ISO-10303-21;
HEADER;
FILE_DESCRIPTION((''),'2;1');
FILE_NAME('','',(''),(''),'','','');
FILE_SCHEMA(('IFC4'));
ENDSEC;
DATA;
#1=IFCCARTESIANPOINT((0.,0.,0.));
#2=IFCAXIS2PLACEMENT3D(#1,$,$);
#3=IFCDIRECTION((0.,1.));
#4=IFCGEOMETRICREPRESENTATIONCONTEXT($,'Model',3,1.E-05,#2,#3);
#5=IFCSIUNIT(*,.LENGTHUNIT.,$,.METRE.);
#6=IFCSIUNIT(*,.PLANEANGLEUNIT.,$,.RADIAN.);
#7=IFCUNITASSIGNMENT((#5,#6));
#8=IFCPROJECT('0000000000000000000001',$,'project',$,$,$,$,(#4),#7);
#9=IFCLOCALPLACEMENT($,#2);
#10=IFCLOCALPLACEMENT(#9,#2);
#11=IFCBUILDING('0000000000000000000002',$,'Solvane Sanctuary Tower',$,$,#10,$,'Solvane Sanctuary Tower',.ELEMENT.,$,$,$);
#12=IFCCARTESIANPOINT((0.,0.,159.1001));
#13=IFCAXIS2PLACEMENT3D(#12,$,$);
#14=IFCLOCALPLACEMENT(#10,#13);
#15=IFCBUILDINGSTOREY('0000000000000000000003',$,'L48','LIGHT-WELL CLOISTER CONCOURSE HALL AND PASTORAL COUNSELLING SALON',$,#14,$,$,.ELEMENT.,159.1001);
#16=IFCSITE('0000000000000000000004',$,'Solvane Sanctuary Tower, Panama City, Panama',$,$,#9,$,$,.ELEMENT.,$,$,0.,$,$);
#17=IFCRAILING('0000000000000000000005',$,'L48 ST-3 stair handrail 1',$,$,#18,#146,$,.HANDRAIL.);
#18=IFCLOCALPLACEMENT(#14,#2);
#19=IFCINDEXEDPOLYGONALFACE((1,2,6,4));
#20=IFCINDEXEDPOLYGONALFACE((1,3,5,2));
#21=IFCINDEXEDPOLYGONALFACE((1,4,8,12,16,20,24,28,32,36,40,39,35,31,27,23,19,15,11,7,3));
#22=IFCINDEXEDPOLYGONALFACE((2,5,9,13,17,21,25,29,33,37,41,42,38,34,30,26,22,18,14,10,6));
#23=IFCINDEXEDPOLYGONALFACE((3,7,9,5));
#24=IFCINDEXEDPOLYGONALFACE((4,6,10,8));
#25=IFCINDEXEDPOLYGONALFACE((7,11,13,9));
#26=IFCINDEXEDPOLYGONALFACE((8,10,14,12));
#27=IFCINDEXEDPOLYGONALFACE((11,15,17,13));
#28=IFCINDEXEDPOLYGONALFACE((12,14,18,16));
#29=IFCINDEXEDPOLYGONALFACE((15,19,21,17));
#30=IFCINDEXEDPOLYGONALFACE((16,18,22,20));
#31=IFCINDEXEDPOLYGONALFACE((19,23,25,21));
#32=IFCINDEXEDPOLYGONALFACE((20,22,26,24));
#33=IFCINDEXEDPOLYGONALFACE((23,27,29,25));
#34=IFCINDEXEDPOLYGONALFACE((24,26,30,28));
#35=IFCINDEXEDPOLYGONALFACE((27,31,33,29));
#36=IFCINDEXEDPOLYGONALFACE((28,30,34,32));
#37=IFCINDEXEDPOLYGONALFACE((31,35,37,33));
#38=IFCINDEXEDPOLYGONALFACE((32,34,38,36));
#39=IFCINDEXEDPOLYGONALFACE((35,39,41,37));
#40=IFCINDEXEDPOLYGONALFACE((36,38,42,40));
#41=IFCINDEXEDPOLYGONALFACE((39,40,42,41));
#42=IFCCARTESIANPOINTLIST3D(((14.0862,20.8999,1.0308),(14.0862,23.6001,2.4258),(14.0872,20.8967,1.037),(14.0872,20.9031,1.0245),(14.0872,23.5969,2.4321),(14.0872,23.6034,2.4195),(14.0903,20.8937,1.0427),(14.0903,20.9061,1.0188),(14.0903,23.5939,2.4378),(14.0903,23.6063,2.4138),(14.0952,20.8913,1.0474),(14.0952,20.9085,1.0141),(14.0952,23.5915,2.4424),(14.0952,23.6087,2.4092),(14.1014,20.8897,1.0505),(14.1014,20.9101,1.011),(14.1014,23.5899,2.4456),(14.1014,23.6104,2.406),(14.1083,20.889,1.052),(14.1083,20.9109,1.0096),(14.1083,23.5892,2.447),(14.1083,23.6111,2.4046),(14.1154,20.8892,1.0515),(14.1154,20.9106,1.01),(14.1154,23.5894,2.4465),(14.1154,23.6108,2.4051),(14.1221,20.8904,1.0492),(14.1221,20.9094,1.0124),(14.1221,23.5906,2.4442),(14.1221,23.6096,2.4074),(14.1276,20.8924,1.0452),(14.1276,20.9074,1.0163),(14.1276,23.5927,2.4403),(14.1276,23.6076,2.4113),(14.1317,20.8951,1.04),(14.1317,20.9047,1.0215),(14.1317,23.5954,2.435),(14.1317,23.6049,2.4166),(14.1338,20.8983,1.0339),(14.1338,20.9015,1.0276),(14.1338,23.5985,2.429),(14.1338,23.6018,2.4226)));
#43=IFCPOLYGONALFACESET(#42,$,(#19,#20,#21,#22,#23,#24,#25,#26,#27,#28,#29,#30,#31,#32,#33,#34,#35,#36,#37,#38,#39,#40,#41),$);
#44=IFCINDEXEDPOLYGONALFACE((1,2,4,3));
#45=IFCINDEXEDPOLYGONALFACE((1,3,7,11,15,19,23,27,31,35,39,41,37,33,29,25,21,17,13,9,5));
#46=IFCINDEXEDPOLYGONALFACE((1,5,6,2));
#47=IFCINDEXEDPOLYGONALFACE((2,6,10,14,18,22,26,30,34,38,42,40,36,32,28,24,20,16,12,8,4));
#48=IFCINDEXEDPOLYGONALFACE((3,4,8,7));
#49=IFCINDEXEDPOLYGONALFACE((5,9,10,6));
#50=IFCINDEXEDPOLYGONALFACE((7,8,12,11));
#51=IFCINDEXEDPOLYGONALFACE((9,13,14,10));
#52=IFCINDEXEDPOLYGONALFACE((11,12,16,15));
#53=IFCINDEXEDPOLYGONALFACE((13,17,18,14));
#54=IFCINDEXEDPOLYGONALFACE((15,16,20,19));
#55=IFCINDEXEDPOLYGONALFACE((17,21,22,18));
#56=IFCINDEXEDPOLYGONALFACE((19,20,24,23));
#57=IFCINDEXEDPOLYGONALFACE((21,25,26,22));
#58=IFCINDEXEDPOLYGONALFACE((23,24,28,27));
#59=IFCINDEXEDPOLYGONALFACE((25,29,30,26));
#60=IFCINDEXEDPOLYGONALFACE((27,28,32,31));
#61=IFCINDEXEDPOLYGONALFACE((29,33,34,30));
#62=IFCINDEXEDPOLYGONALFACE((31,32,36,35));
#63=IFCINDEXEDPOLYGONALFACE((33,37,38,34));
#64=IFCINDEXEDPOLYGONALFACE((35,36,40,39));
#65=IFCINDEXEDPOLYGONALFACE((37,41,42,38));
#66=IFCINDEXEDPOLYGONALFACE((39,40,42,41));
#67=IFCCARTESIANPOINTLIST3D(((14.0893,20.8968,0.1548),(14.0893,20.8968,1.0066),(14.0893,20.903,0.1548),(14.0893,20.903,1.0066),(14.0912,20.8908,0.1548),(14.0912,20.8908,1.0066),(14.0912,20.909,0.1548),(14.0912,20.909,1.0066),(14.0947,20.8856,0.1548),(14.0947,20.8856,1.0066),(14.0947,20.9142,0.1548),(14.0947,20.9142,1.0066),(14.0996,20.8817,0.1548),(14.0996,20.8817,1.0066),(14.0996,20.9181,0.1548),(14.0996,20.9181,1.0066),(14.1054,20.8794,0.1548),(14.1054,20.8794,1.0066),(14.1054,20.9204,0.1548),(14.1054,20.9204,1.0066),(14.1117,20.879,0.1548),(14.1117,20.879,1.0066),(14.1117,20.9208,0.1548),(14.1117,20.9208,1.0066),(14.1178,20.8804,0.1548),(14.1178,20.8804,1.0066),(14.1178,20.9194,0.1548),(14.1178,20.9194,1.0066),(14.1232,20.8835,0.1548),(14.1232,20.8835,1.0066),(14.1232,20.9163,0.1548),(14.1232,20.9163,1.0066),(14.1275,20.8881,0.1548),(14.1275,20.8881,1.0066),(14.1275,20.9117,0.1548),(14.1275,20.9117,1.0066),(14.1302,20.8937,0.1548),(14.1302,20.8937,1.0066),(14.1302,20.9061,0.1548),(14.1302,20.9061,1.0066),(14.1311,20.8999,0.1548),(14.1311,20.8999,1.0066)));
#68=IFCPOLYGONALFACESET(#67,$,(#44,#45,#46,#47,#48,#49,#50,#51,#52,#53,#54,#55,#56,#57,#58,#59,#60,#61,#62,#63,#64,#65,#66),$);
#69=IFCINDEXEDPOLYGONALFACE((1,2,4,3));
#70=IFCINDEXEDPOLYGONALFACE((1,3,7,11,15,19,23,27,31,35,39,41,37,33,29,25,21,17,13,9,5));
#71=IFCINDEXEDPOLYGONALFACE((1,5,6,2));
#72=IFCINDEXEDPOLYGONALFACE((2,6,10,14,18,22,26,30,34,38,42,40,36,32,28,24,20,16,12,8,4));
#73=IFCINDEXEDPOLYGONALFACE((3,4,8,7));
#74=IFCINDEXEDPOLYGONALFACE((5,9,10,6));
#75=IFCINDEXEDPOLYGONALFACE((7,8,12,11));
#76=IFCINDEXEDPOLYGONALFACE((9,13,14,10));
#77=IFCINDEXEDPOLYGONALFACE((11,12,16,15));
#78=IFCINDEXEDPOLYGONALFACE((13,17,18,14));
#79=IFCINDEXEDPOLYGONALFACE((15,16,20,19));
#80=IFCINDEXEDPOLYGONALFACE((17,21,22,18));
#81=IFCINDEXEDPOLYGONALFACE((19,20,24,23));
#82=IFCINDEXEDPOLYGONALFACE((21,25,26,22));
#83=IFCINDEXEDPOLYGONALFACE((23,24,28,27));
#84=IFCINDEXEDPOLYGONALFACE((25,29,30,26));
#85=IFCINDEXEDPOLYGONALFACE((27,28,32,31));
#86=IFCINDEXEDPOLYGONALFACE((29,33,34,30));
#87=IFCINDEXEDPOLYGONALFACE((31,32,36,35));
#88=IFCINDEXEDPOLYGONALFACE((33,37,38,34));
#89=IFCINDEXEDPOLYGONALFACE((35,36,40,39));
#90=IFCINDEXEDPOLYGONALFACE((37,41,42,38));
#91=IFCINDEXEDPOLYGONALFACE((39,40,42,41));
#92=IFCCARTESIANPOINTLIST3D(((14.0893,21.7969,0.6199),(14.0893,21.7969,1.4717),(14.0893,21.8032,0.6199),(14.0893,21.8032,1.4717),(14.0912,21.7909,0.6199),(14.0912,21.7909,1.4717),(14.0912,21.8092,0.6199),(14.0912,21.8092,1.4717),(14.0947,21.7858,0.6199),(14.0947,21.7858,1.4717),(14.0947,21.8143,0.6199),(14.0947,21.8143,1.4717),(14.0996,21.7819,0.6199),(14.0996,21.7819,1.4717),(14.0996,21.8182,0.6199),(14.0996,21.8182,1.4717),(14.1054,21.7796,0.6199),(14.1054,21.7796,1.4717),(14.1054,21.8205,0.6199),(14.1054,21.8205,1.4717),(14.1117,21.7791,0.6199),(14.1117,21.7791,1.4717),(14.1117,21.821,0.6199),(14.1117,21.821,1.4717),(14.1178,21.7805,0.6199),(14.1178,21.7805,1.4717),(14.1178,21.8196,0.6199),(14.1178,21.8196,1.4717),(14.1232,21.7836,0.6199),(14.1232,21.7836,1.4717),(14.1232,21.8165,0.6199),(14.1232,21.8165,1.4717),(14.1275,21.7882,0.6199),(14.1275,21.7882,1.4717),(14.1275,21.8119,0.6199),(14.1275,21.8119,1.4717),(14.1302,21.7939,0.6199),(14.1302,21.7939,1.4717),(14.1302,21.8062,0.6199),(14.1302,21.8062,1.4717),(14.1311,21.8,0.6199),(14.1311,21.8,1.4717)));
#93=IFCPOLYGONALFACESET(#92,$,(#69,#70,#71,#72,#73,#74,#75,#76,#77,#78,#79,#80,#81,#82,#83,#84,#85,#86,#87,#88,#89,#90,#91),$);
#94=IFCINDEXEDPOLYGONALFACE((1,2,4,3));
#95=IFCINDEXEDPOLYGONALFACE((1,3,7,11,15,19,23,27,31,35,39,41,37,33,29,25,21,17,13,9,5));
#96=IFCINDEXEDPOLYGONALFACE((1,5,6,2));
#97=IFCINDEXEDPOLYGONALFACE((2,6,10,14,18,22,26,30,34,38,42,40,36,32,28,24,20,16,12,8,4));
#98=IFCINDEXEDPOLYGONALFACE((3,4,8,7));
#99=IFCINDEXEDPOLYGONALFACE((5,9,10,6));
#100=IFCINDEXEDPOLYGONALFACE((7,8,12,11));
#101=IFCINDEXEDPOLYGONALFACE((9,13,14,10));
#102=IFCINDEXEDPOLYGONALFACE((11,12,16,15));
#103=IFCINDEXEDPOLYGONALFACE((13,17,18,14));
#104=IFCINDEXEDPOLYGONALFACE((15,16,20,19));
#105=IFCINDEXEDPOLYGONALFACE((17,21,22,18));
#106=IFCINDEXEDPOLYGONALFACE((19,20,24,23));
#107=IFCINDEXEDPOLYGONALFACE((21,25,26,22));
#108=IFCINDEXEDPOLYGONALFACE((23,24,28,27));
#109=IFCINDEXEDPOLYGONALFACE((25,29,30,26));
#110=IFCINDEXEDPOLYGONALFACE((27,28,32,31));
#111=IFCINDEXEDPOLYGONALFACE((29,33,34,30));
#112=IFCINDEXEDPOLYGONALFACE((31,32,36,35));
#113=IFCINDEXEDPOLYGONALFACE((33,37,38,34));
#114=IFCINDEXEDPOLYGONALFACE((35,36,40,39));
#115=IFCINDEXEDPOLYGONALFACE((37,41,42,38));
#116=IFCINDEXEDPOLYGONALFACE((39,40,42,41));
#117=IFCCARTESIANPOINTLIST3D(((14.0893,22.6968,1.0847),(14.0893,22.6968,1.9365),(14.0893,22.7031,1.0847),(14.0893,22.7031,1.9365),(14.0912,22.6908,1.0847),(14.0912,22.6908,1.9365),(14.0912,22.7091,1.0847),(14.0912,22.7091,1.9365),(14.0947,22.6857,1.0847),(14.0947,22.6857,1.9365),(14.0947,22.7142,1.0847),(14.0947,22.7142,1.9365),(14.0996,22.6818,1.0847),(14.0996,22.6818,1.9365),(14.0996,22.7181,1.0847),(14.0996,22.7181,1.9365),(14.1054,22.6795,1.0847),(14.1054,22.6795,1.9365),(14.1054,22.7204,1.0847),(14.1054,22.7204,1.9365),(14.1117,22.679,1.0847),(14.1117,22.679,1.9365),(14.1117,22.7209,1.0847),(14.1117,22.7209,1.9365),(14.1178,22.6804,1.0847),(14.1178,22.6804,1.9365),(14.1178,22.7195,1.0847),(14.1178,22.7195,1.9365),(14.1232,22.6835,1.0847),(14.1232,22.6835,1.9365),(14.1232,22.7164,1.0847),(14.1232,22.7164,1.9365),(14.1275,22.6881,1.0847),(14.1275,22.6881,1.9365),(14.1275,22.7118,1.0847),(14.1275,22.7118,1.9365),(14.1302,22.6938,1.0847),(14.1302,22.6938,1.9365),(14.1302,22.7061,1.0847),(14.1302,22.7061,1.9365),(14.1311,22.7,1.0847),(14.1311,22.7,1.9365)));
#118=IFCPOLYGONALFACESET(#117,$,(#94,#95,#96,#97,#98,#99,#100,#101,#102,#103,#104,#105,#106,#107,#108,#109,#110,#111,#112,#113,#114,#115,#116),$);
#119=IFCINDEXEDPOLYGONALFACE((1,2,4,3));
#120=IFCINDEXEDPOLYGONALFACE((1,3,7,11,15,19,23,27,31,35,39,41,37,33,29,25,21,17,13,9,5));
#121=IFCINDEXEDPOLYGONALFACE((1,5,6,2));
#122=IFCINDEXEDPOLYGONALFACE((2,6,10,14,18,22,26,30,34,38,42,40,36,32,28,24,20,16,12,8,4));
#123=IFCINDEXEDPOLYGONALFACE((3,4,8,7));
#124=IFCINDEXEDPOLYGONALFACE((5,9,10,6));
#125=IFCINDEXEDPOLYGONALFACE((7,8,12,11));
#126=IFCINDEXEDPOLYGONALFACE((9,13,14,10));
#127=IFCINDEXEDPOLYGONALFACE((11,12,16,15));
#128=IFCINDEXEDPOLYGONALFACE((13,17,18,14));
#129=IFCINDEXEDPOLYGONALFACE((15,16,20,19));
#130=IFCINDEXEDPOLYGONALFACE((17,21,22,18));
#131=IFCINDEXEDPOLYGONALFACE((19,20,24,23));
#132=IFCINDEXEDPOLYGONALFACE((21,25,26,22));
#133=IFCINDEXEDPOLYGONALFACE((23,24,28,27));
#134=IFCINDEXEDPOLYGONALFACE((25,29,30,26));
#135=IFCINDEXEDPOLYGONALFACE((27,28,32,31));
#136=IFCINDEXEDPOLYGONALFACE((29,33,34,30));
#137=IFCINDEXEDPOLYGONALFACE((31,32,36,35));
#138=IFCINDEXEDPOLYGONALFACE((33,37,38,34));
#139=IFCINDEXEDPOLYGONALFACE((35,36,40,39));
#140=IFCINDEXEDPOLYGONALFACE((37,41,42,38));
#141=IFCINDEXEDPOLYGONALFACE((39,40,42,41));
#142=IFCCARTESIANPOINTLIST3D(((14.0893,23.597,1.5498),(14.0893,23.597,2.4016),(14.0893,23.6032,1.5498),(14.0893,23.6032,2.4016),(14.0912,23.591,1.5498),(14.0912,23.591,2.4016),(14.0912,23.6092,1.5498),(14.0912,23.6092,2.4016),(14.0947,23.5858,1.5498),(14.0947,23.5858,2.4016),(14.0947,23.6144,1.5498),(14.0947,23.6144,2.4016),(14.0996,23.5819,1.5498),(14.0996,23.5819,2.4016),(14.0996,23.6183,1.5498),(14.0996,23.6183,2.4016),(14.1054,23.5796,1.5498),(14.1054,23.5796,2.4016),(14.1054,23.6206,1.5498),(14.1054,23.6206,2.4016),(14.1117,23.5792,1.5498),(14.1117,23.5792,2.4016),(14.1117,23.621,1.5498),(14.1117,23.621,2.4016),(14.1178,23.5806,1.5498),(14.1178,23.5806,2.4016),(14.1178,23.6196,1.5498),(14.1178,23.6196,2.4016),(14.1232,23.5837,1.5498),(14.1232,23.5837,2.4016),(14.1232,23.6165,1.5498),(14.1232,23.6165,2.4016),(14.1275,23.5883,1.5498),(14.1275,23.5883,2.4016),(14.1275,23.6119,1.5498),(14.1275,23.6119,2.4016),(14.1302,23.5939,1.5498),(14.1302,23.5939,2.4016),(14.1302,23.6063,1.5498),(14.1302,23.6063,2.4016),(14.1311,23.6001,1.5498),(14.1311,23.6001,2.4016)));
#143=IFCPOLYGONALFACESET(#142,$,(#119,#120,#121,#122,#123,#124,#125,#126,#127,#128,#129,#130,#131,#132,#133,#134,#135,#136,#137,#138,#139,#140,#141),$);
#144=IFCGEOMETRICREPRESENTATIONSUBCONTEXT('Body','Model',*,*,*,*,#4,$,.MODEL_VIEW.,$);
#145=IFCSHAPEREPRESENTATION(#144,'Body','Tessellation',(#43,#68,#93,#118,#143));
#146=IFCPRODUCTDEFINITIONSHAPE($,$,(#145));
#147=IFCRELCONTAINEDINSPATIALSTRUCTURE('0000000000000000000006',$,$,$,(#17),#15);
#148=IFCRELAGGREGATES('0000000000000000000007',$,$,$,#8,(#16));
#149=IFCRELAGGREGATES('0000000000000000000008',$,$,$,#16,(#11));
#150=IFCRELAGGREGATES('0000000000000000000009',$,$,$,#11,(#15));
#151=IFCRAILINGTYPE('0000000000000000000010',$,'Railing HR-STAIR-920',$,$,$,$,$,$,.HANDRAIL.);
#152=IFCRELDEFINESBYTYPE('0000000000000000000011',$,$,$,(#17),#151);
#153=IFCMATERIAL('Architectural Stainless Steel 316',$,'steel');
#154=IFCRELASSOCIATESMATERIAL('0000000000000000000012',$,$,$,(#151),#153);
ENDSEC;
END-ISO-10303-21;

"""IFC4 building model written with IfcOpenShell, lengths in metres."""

from ifc_helpers import new_model, si_unit, direction, frame, origin, origin_2d, place, context, subcontext, project, spatial, circle, extrude, material, type_object, element, save


model = new_model("IFC4")

# Units and contexts
model_context = context("Model", 3, precision=1e-05, world=origin(), true_north=direction((0.0, 1.0)))
body_context = subcontext(model_context, "Body", "Model", "MODEL_VIEW")
ifc_project = project(units=[si_unit("LENGTHUNIT", "METRE"), si_unit("PLANEANGLEUNIT", "RADIAN")], contexts=[model_context])

# Site, building, storey
site_placement = place(None, origin())
site = spatial("IfcSite", under=ifc_project, at=site_placement, Name="Solvane Sanctuary Tower, Panama City, Panama", CompositionType="ELEMENT", RefElevation=0.0)
building_placement = place(site_placement, origin())
building = spatial("IfcBuilding", under=site, at=building_placement, Name="Solvane Sanctuary Tower", LongName="Solvane Sanctuary Tower", CompositionType="ELEMENT")
storey_placement = place(building_placement, frame((0.0, 0.0, 159.1001)))
storey = spatial("IfcBuildingStorey", under=building, at=storey_placement, Name="L48", Description="LIGHT-WELL CLOISTER CONCOURSE HALL AND PASTORAL COUNSELLING SALON", CompositionType="ELEMENT", Elevation=159.1001)

# Shared definitions
ifc_material_1 = material(Name="Architectural Stainless Steel 316", Category="steel")

# Railing
railing_type_1 = type_object("IfcRailingType", Name="Railing HR-STAIR-920", PredefinedType="HANDRAIL", material=ifc_material_1)
railing_1_placement = place(storey_placement, frame((14.1101, 20.8999, 0.1548)))
element("IfcRailing", 1, at=railing_1_placement, inside=storey, type_object=railing_type_1, Name="L48 ST-3 stair handrail 1", PredefinedType="HANDRAIL", context=body_context, shape_type="SweptSolid", body=[
    extrude(circle(Radius=0.0239, at=origin_2d()), frame((0.0, 0.0, 0.876), z_axis=(0.0, 0.888437, 0.458999), x_axis=(-1.0, 0.0, 0.0)), (0.0, 0.0, 1.0), 3.0393),
    extrude(circle(Radius=0.021, at=origin_2d()), origin(), (0.0, 0.0, 1.0), 0.8518),
    extrude(circle(Radius=0.021, at=origin_2d()), frame((0.0, 0.9001, 0.4651)), (0.0, 0.0, 1.0), 0.8518),
    extrude(circle(Radius=0.021, at=origin_2d()), frame((0.0, 1.8, 0.9299)), (0.0, 0.0, 1.0), 0.8518),
    extrude(circle(Radius=0.021, at=origin_2d()), frame((0.0, 2.7002, 1.395)), (0.0, 0.0, 1.0), 0.8518),
])

save(model, "model.ifc")
